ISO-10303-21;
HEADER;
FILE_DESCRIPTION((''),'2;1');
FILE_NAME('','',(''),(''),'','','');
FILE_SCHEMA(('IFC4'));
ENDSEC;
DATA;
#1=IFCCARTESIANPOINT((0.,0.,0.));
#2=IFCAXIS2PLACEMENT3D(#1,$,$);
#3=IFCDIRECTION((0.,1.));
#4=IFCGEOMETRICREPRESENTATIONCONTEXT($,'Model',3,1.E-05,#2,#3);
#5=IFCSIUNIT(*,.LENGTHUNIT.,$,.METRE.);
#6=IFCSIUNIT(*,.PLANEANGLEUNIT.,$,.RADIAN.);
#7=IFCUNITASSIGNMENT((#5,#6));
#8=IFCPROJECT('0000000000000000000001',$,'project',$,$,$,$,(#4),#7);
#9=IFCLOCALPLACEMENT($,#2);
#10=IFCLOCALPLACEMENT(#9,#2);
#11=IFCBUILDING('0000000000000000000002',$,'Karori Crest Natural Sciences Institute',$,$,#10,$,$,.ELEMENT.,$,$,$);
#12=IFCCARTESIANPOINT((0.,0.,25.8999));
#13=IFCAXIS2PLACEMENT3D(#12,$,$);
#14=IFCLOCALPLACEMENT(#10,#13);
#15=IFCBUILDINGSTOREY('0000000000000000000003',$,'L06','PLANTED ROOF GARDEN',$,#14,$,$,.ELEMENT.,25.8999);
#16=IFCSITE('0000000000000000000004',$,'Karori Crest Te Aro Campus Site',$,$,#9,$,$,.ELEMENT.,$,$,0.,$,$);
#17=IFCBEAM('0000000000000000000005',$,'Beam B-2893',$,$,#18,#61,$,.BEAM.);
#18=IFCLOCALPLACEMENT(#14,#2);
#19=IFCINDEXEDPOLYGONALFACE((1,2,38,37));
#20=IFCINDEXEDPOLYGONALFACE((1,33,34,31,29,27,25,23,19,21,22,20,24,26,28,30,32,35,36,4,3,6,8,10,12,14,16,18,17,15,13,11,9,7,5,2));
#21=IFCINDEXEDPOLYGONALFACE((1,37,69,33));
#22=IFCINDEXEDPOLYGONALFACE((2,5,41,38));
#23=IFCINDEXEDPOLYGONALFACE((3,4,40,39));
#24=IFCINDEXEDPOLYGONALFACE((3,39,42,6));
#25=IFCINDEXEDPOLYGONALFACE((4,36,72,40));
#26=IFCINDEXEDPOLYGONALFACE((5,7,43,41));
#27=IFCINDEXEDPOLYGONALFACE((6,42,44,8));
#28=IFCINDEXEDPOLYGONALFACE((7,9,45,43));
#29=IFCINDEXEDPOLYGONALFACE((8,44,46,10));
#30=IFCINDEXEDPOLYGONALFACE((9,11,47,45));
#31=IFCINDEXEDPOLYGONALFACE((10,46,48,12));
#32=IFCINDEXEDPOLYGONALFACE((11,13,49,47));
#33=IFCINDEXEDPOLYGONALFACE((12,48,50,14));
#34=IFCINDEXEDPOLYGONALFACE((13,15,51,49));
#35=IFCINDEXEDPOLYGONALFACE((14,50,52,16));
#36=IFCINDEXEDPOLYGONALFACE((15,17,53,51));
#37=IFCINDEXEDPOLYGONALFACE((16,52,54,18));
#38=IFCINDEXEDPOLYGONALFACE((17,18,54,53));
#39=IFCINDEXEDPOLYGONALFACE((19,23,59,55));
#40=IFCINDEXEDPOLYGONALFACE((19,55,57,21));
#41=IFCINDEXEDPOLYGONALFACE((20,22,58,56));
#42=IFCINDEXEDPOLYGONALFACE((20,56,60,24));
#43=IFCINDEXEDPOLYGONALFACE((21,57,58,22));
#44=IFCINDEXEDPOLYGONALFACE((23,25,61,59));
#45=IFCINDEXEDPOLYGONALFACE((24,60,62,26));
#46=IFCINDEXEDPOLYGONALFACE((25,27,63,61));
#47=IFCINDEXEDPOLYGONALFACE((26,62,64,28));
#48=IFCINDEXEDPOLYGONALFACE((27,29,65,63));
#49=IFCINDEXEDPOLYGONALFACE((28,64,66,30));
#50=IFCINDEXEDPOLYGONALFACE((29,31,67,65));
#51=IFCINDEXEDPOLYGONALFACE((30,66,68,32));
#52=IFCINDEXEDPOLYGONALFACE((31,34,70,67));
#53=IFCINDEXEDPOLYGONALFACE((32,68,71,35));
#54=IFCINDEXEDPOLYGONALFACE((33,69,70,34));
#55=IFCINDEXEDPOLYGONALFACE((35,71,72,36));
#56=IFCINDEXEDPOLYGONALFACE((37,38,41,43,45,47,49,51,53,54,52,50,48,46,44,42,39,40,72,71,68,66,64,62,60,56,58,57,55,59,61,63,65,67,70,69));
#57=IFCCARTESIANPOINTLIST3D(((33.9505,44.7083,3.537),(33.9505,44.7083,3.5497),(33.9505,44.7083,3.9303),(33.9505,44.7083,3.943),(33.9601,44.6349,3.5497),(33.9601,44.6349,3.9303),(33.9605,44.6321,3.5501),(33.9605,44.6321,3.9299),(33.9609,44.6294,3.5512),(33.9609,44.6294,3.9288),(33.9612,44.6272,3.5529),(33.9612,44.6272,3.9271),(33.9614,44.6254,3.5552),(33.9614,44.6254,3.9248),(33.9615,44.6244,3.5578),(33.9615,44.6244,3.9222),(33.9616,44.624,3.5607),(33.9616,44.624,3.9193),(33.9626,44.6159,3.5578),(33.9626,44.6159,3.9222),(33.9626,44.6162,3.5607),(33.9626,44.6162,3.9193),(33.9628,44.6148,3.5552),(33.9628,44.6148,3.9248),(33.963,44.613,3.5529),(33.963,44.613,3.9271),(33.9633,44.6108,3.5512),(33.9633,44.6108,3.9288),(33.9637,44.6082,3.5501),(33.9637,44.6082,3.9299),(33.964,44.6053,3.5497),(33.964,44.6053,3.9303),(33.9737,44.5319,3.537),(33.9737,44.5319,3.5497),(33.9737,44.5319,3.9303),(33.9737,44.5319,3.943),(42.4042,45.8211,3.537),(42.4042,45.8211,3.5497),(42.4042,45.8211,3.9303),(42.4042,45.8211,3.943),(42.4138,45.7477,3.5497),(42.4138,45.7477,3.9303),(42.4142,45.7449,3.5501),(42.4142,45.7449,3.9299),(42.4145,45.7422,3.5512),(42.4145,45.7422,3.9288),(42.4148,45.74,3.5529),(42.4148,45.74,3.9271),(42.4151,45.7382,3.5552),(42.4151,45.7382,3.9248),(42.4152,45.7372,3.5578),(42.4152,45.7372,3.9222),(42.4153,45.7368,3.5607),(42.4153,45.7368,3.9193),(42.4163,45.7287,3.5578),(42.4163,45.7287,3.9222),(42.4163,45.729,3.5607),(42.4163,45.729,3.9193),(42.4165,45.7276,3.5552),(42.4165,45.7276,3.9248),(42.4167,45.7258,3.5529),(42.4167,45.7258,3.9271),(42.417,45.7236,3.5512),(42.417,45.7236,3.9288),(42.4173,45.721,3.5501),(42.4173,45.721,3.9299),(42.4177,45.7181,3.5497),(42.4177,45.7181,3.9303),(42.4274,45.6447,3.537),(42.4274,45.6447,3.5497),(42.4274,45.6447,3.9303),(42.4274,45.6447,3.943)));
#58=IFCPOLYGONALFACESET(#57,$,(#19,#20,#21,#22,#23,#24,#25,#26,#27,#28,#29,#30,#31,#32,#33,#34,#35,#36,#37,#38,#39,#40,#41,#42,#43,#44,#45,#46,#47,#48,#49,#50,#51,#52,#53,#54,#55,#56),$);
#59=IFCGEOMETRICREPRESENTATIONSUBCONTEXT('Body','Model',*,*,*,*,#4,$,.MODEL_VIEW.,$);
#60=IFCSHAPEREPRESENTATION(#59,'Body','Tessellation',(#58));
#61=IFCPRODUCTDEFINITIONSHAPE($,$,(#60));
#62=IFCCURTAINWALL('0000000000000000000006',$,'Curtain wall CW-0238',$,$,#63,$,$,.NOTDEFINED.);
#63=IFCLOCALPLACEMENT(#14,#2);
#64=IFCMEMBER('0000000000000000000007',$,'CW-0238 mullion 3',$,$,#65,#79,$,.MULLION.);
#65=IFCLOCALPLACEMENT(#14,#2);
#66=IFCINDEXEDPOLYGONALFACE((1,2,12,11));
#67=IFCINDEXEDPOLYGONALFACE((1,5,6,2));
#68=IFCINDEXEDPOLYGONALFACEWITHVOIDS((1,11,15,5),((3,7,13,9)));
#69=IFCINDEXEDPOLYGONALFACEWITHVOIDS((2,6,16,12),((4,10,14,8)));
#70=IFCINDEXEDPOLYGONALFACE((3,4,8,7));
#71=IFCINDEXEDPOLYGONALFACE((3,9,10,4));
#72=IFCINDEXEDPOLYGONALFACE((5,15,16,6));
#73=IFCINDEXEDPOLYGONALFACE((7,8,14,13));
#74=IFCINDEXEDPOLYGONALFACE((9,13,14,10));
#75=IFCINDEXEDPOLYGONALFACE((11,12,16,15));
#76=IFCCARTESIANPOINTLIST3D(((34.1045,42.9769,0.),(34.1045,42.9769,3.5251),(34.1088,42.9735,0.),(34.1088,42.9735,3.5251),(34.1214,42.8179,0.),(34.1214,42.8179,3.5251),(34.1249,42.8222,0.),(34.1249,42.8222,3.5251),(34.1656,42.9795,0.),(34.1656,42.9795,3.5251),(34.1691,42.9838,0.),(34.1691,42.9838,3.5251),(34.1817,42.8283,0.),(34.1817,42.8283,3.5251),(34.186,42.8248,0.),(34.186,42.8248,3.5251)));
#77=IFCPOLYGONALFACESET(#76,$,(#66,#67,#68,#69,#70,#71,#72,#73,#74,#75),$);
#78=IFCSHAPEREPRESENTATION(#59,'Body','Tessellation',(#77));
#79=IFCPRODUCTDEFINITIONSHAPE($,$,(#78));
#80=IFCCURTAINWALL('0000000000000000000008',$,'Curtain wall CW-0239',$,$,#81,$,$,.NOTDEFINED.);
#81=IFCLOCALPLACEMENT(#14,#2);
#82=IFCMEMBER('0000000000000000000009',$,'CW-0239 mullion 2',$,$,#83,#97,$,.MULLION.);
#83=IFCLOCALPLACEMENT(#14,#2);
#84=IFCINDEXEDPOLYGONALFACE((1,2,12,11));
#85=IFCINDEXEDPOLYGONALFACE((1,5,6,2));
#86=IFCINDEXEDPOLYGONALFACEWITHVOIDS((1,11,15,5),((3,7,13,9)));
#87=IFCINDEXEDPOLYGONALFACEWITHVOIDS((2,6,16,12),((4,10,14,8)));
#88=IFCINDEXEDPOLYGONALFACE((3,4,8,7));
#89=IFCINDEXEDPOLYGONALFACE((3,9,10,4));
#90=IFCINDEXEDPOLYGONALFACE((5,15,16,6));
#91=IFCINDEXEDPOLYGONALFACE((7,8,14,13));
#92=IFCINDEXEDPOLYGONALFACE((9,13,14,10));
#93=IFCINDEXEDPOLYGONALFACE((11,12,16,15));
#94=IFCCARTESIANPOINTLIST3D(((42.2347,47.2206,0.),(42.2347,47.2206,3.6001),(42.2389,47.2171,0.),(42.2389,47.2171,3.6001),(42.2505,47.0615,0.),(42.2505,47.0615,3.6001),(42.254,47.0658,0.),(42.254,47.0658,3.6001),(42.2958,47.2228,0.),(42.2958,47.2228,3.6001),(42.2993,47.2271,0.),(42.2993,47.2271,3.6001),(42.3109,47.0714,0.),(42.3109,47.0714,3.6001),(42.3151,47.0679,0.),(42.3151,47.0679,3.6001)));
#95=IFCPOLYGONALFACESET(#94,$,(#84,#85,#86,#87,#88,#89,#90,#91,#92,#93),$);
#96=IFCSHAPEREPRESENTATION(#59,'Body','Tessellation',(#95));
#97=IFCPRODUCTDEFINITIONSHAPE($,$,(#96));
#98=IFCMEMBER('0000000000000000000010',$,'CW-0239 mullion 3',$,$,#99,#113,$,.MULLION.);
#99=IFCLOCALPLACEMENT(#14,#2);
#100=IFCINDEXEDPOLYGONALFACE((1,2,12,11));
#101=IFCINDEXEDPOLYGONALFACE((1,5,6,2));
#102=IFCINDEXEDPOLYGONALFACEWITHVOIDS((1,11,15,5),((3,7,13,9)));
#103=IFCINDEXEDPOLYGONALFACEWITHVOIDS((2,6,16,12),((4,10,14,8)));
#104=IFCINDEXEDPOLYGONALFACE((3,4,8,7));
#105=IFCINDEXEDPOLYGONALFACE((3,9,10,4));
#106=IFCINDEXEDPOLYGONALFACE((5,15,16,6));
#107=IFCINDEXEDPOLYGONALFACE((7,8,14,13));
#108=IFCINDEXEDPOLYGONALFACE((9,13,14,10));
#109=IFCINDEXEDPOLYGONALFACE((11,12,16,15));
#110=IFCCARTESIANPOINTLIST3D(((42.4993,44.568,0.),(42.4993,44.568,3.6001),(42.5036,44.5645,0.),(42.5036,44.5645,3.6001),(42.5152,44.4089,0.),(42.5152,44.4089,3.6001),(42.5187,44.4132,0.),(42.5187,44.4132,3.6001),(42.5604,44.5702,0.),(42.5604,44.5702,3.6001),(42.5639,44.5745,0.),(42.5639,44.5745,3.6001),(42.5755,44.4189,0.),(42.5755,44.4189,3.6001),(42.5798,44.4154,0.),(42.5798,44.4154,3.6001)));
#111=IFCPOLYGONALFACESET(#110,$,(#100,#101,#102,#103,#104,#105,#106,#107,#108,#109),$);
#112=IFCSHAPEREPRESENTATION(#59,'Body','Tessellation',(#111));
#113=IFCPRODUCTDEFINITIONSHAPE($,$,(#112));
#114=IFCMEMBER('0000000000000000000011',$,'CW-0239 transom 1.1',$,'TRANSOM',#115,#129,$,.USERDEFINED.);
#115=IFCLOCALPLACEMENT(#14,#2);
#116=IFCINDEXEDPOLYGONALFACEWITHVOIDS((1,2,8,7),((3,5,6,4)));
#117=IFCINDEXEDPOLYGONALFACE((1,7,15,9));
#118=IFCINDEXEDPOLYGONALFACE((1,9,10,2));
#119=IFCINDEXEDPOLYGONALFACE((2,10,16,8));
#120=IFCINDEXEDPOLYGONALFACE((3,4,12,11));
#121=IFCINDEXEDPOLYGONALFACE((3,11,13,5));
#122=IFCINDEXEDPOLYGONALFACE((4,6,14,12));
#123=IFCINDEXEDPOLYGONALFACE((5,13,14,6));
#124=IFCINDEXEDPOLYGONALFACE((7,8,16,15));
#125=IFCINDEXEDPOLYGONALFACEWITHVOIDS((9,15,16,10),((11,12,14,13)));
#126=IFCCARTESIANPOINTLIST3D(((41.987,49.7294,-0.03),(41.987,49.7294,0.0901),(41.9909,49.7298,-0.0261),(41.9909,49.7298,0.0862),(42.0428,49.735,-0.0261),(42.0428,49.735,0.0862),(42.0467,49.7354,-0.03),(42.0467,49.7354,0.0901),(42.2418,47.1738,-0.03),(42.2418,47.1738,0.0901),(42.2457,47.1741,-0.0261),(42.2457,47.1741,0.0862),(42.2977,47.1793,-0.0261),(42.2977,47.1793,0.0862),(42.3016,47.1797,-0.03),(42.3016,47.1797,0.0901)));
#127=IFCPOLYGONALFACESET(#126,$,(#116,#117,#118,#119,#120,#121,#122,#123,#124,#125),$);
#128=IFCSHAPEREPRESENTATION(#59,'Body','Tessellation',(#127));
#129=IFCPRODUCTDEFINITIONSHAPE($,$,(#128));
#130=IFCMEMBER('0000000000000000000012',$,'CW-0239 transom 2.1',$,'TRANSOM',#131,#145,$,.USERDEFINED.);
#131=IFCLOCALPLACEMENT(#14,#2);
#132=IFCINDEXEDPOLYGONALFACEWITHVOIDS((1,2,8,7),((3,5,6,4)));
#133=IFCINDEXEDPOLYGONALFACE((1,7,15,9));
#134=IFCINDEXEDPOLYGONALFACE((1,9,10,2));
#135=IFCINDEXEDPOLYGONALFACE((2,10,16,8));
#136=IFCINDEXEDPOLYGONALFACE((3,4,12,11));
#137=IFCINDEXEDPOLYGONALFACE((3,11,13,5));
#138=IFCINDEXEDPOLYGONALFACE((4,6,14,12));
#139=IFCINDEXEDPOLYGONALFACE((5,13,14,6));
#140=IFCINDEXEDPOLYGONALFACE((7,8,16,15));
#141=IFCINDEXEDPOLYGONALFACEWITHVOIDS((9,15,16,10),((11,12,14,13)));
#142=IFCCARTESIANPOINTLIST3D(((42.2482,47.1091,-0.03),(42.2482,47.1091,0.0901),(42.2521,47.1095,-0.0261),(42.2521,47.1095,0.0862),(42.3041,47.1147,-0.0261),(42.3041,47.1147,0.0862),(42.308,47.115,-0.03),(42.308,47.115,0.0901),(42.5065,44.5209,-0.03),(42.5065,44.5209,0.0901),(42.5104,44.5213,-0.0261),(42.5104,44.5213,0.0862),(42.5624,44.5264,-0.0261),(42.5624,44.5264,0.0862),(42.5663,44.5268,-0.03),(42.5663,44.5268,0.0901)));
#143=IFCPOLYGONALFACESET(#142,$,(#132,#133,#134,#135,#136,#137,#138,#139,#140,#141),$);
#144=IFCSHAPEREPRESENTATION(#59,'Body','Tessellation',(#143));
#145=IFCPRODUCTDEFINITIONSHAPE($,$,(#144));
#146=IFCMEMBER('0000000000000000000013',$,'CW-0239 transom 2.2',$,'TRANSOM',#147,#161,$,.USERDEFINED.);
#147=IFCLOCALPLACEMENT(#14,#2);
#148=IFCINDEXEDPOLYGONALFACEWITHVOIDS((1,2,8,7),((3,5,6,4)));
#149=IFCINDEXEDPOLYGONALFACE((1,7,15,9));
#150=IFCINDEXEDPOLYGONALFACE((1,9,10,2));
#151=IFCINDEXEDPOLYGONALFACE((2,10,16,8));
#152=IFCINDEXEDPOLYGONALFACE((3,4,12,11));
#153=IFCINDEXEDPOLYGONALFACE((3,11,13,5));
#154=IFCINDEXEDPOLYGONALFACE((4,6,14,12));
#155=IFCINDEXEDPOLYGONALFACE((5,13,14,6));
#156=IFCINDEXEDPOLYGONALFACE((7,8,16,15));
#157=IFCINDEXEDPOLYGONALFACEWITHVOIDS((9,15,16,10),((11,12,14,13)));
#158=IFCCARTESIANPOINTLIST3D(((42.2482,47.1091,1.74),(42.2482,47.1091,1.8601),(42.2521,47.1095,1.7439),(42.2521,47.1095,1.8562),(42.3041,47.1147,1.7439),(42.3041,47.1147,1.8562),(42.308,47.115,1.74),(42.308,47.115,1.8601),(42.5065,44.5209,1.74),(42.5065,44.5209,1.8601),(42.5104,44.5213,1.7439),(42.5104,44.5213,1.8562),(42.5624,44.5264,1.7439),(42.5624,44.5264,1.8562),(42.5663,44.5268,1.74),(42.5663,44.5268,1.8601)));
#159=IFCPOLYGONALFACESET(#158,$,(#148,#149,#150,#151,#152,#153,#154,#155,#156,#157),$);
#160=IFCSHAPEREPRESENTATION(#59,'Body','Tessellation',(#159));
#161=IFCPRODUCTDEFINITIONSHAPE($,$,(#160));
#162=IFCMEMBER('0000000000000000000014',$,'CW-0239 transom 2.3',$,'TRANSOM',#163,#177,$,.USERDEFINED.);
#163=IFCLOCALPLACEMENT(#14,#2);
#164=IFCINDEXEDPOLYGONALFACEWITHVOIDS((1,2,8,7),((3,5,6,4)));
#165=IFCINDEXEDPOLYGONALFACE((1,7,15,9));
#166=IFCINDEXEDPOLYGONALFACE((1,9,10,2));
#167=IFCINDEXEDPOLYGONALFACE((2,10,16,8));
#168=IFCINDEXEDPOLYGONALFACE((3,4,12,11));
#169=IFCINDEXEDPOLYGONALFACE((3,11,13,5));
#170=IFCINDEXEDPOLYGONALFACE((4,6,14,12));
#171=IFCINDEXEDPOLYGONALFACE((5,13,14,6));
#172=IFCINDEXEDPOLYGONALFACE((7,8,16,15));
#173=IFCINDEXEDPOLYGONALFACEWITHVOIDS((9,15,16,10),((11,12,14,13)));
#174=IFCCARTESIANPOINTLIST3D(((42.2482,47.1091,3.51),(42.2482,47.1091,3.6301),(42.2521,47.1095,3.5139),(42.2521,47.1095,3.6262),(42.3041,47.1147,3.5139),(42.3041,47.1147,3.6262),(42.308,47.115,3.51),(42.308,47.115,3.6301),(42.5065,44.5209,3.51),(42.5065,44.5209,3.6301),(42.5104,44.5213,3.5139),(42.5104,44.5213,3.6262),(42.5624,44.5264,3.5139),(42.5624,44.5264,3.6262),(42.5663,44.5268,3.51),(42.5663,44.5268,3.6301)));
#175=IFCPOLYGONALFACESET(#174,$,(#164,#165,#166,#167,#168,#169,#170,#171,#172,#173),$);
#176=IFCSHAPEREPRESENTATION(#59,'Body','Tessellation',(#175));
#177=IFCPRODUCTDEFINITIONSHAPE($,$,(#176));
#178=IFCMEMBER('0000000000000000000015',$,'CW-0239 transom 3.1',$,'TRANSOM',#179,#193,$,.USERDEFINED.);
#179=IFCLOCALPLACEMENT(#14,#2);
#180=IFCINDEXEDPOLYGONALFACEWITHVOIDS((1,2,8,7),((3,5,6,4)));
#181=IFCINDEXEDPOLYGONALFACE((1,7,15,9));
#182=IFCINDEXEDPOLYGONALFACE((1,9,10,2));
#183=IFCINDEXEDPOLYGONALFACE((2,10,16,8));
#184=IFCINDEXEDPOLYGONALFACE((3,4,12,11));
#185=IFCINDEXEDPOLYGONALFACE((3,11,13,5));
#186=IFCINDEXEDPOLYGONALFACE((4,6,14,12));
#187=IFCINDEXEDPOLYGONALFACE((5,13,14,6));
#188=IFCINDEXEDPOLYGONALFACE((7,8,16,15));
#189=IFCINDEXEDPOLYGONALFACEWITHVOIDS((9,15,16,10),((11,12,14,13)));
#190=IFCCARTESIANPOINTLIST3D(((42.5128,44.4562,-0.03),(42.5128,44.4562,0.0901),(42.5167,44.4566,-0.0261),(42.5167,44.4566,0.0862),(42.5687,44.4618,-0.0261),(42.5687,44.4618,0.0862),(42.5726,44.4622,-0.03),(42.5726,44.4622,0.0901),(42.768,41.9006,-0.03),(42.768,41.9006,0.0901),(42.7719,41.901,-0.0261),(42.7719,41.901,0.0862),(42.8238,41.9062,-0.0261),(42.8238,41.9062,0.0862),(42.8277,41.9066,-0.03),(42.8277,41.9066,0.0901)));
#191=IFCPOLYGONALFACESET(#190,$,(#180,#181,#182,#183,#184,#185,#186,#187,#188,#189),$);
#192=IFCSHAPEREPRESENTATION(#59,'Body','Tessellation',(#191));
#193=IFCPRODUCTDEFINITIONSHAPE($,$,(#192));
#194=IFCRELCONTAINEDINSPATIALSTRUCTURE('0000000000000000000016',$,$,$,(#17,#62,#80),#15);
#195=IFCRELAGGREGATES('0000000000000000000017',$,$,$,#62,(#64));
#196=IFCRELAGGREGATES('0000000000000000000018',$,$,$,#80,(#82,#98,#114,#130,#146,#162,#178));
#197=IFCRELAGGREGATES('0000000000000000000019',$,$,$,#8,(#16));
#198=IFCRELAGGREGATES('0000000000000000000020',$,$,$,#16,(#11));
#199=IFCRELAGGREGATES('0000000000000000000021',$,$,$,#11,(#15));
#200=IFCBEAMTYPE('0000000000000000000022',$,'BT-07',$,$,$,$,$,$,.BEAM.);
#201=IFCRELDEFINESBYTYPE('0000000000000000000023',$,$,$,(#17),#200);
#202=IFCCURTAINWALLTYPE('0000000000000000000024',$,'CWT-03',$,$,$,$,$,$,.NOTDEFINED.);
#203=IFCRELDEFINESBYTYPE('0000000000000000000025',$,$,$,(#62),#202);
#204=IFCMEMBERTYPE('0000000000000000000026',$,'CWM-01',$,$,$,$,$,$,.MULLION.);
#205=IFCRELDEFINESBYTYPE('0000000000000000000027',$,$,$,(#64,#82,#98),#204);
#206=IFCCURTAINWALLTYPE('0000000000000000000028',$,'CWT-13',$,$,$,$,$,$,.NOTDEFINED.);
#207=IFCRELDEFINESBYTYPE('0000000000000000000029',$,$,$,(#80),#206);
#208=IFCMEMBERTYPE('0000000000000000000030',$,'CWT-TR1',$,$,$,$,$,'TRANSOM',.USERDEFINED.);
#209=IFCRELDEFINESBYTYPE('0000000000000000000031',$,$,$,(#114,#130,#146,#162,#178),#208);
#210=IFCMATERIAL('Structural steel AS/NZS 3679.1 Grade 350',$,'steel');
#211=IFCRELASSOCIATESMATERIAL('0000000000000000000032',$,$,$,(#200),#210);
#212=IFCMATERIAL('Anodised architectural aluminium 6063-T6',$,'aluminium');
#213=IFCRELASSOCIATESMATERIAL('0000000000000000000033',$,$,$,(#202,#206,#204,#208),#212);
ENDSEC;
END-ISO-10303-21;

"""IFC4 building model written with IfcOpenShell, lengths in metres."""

from ifc_helpers import new_model, si_unit, direction, frame, origin, origin_2d, place, context, subcontext, project, spatial, hollow_rectangle, i_section, extrude, material, material_profile, profile_set, type_object, element, aggregate, save


model = new_model("IFC4")

# Units and contexts
model_context = context("Model", 3, precision=1e-05, world=origin(), true_north=direction((0.0, 1.0)))
body_context = subcontext(model_context, "Body", "Model", "MODEL_VIEW")
ifc_project = project(units=[si_unit("LENGTHUNIT", "METRE"), si_unit("PLANEANGLEUNIT", "RADIAN")], contexts=[model_context])

# Site, building, storey
site_placement = place(None, origin())
site = spatial("IfcSite", under=ifc_project, at=site_placement, Name="Karori Crest Te Aro Campus Site", CompositionType="ELEMENT", RefElevation=0.0)
building_placement = place(site_placement, origin())
building = spatial("IfcBuilding", under=site, at=building_placement, Name="Karori Crest Natural Sciences Institute", CompositionType="ELEMENT")
storey_placement = place(building_placement, frame((0.0, 0.0, 25.8999)))
storey = spatial("IfcBuildingStorey", under=building, at=storey_placement, Name="L06", Description="PLANTED ROOF GARDEN", CompositionType="ELEMENT", Elevation=25.8999)

# Beam
ifc_material_1 = material(Name="Structural steel AS/NZS 3679.1 Grade 350", Category="steel")
ifc_material_profile_1 = material_profile(ifc_material_1, i_section(OverallWidth=0.178, OverallDepth=0.406, WebThickness=0.0078, FlangeThickness=0.0127, FilletRadius=0.011, at=origin_2d()), Name="410UB59.7")
ifc_profile_set_1 = profile_set([ifc_material_profile_1], Name="Structural steel AS/NZS 3679.1 Grade 350")
beam_type = type_object("IfcBeamType", Name="BT-07", PredefinedType="BEAM", material=ifc_profile_set_1)
beam_placement = place(storey_placement, frame((42.4158, 45.7329, 3.74), z_axis=(-0.991447, -0.130509, 0.0), x_axis=(0.130509, -0.991447, 0.0)))
element("IfcBeam", 1, at=beam_placement, inside=storey, type_object=beam_type, Name="Beam B-2893", PredefinedType="BEAM", context=body_context, shape_type="SweptSolid", body=[
    extrude(i_section(OverallWidth=0.178, OverallDepth=0.406, WebThickness=0.0078, FlangeThickness=0.0127, FilletRadius=0.011, at=origin_2d()), origin(), (0.0, 0.0, 1.0), 8.5266),
])

# Curtain wall, member
ifc_material_2 = material(Name="Anodised architectural aluminium 6063-T6", Category="aluminium")
curtain_wall_type_1 = type_object("IfcCurtainWallType", Name="CWT-03", PredefinedType="NOTDEFINED", material=ifc_material_2)
curtain_wall_1_placement = place(storey_placement, origin())
curtain_wall_1 = element("IfcCurtainWall", 2, at=curtain_wall_1_placement, inside=storey, type_object=curtain_wall_type_1, Name="Curtain wall CW-0238", PredefinedType="NOTDEFINED")
ifc_material_profile_2 = material_profile(ifc_material_2, hollow_rectangle(XDim=0.0649, YDim=0.1599, WallThickness=0.0039, at=origin_2d()), Name="CWM160x65x4")
ifc_profile_set_2 = profile_set([ifc_material_profile_2], Name="Anodised architectural aluminium 6063-T6")
member_type_1 = type_object("IfcMemberType", Name="CWM-01", PredefinedType="MULLION", material=ifc_profile_set_2)
member_1_placement = place(storey_placement, frame((34.1453, 42.9009, 0.0), z_axis=(0.0, 0.0, 1.0), x_axis=(-0.994378, -0.105884, 0.0)))
member_1 = element("IfcMember", 3, at=member_1_placement, type_object=member_type_1, Name="CW-0238 mullion 3", PredefinedType="MULLION", context=body_context, shape_type="SweptSolid", body=[
    extrude(hollow_rectangle(XDim=0.0649, YDim=0.1599, WallThickness=0.0039, at=origin_2d()), origin(), (0.0, 0.0, 1.0), 3.5251),
])

# Curtain wall, members
curtain_wall_type_2 = type_object("IfcCurtainWallType", Name="CWT-13", PredefinedType="NOTDEFINED", material=ifc_material_2)
curtain_wall_2_placement = place(storey_placement, origin())
curtain_wall_2 = element("IfcCurtainWall", 4, at=curtain_wall_2_placement, inside=storey, type_object=curtain_wall_type_2, Name="Curtain wall CW-0239", PredefinedType="NOTDEFINED")
member_2_placement = place(storey_placement, frame((42.2749, 47.1443, 0.0), z_axis=(0.0, 0.0, 1.0), x_axis=(0.995061, 0.099268, 0.0)))
member_2 = element("IfcMember", 5, at=member_2_placement, type_object=member_type_1, Name="CW-0239 mullion 2", PredefinedType="MULLION", context=body_context, shape_type="SweptSolid", body=[
    extrude(hollow_rectangle(XDim=0.0649, YDim=0.1599, WallThickness=0.0039, at=origin_2d()), origin(), (0.0, 0.0, 1.0), 3.6001),
])
member_3_placement = place(storey_placement, frame((42.5396, 44.4917, 0.0), z_axis=(0.0, 0.0, 1.0), x_axis=(0.995061, 0.099268, 0.0)))
member_3 = element("IfcMember", 6, at=member_3_placement, type_object=member_type_1, Name="CW-0239 mullion 3", PredefinedType="MULLION", context=body_context, shape_type="SweptSolid", body=[
    extrude(hollow_rectangle(XDim=0.0649, YDim=0.1599, WallThickness=0.0039, at=origin_2d()), origin(), (0.0, 0.0, 1.0), 3.6001),
])
ifc_material_profile_3 = material_profile(ifc_material_2, hollow_rectangle(XDim=0.0601, YDim=0.1201, WallThickness=0.0039, at=origin_2d()), Name="CWT120x60x4")
ifc_profile_set_3 = profile_set([ifc_material_profile_3], Name="Anodised architectural aluminium 6063-T6")
member_type_2 = type_object("IfcMemberType", Name="CWT-TR1", ElementType="TRANSOM", PredefinedType="USERDEFINED", material=ifc_profile_set_3)
member_4_placement = place(storey_placement, frame((42.0168, 49.7324, 0.03), z_axis=(0.09924, -0.995064, 0.0), x_axis=(0.995064, 0.09924, 0.0)))
member_4 = element("IfcMember", 7, at=member_4_placement, type_object=member_type_2, Name="CW-0239 transom 1.1", ObjectType="TRANSOM", PredefinedType="USERDEFINED", context=body_context, shape_type="SweptSolid", body=[
    extrude(hollow_rectangle(XDim=0.0601, YDim=0.1201, WallThickness=0.0039, at=origin_2d()), origin(), (0.0, 0.0, 1.0), 2.5684),
])
member_5_placement = place(storey_placement, frame((42.2781, 47.1121, 0.03), z_axis=(0.099309, -0.995057, 0.0), x_axis=(0.995057, 0.099309, 0.0)))
member_5 = element("IfcMember", 8, at=member_5_placement, type_object=member_type_2, Name="CW-0239 transom 2.1", ObjectType="TRANSOM", PredefinedType="USERDEFINED", context=body_context, shape_type="SweptSolid", body=[
    extrude(hollow_rectangle(XDim=0.0601, YDim=0.1201, WallThickness=0.0039, at=origin_2d()), origin(), (0.0, 0.0, 1.0), 2.6011),
])
member_6_placement = place(storey_placement, frame((42.2781, 47.1121, 1.8), z_axis=(0.099309, -0.995057, 0.0), x_axis=(0.995057, 0.099309, 0.0)))
member_6 = element("IfcMember", 9, at=member_6_placement, type_object=member_type_2, Name="CW-0239 transom 2.2", ObjectType="TRANSOM", PredefinedType="USERDEFINED", context=body_context, shape_type="SweptSolid", body=[
    extrude(hollow_rectangle(XDim=0.0601, YDim=0.1201, WallThickness=0.0039, at=origin_2d()), origin(), (0.0, 0.0, 1.0), 2.6011),
])
member_7_placement = place(storey_placement, frame((42.2781, 47.1121, 3.5701), z_axis=(0.099309, -0.995057, 0.0), x_axis=(0.995057, 0.099309, 0.0)))
member_7 = element("IfcMember", 10, at=member_7_placement, type_object=member_type_2, Name="CW-0239 transom 2.3", ObjectType="TRANSOM", PredefinedType="USERDEFINED", context=body_context, shape_type="SweptSolid", body=[
    extrude(hollow_rectangle(XDim=0.0601, YDim=0.1201, WallThickness=0.0039, at=origin_2d()), origin(), (0.0, 0.0, 1.0), 2.6011),
])
member_8_placement = place(storey_placement, frame((42.5427, 44.4592, 0.03), z_axis=(0.099334, -0.995054, 0.0), x_axis=(0.995054, 0.099334, 0.0)))
member_8 = element("IfcMember", 11, at=member_8_placement, type_object=member_type_2, Name="CW-0239 transom 3.1", ObjectType="TRANSOM", PredefinedType="USERDEFINED", context=body_context, shape_type="SweptSolid", body=[
    extrude(hollow_rectangle(XDim=0.0601, YDim=0.1201, WallThickness=0.0039, at=origin_2d()), origin(), (0.0, 0.0, 1.0), 2.5684),
])

aggregate(curtain_wall_1, [member_1])
aggregate(curtain_wall_2, [member_2, member_3, member_4, member_5, member_6, member_7, member_8])

save(model, "model.ifc")
